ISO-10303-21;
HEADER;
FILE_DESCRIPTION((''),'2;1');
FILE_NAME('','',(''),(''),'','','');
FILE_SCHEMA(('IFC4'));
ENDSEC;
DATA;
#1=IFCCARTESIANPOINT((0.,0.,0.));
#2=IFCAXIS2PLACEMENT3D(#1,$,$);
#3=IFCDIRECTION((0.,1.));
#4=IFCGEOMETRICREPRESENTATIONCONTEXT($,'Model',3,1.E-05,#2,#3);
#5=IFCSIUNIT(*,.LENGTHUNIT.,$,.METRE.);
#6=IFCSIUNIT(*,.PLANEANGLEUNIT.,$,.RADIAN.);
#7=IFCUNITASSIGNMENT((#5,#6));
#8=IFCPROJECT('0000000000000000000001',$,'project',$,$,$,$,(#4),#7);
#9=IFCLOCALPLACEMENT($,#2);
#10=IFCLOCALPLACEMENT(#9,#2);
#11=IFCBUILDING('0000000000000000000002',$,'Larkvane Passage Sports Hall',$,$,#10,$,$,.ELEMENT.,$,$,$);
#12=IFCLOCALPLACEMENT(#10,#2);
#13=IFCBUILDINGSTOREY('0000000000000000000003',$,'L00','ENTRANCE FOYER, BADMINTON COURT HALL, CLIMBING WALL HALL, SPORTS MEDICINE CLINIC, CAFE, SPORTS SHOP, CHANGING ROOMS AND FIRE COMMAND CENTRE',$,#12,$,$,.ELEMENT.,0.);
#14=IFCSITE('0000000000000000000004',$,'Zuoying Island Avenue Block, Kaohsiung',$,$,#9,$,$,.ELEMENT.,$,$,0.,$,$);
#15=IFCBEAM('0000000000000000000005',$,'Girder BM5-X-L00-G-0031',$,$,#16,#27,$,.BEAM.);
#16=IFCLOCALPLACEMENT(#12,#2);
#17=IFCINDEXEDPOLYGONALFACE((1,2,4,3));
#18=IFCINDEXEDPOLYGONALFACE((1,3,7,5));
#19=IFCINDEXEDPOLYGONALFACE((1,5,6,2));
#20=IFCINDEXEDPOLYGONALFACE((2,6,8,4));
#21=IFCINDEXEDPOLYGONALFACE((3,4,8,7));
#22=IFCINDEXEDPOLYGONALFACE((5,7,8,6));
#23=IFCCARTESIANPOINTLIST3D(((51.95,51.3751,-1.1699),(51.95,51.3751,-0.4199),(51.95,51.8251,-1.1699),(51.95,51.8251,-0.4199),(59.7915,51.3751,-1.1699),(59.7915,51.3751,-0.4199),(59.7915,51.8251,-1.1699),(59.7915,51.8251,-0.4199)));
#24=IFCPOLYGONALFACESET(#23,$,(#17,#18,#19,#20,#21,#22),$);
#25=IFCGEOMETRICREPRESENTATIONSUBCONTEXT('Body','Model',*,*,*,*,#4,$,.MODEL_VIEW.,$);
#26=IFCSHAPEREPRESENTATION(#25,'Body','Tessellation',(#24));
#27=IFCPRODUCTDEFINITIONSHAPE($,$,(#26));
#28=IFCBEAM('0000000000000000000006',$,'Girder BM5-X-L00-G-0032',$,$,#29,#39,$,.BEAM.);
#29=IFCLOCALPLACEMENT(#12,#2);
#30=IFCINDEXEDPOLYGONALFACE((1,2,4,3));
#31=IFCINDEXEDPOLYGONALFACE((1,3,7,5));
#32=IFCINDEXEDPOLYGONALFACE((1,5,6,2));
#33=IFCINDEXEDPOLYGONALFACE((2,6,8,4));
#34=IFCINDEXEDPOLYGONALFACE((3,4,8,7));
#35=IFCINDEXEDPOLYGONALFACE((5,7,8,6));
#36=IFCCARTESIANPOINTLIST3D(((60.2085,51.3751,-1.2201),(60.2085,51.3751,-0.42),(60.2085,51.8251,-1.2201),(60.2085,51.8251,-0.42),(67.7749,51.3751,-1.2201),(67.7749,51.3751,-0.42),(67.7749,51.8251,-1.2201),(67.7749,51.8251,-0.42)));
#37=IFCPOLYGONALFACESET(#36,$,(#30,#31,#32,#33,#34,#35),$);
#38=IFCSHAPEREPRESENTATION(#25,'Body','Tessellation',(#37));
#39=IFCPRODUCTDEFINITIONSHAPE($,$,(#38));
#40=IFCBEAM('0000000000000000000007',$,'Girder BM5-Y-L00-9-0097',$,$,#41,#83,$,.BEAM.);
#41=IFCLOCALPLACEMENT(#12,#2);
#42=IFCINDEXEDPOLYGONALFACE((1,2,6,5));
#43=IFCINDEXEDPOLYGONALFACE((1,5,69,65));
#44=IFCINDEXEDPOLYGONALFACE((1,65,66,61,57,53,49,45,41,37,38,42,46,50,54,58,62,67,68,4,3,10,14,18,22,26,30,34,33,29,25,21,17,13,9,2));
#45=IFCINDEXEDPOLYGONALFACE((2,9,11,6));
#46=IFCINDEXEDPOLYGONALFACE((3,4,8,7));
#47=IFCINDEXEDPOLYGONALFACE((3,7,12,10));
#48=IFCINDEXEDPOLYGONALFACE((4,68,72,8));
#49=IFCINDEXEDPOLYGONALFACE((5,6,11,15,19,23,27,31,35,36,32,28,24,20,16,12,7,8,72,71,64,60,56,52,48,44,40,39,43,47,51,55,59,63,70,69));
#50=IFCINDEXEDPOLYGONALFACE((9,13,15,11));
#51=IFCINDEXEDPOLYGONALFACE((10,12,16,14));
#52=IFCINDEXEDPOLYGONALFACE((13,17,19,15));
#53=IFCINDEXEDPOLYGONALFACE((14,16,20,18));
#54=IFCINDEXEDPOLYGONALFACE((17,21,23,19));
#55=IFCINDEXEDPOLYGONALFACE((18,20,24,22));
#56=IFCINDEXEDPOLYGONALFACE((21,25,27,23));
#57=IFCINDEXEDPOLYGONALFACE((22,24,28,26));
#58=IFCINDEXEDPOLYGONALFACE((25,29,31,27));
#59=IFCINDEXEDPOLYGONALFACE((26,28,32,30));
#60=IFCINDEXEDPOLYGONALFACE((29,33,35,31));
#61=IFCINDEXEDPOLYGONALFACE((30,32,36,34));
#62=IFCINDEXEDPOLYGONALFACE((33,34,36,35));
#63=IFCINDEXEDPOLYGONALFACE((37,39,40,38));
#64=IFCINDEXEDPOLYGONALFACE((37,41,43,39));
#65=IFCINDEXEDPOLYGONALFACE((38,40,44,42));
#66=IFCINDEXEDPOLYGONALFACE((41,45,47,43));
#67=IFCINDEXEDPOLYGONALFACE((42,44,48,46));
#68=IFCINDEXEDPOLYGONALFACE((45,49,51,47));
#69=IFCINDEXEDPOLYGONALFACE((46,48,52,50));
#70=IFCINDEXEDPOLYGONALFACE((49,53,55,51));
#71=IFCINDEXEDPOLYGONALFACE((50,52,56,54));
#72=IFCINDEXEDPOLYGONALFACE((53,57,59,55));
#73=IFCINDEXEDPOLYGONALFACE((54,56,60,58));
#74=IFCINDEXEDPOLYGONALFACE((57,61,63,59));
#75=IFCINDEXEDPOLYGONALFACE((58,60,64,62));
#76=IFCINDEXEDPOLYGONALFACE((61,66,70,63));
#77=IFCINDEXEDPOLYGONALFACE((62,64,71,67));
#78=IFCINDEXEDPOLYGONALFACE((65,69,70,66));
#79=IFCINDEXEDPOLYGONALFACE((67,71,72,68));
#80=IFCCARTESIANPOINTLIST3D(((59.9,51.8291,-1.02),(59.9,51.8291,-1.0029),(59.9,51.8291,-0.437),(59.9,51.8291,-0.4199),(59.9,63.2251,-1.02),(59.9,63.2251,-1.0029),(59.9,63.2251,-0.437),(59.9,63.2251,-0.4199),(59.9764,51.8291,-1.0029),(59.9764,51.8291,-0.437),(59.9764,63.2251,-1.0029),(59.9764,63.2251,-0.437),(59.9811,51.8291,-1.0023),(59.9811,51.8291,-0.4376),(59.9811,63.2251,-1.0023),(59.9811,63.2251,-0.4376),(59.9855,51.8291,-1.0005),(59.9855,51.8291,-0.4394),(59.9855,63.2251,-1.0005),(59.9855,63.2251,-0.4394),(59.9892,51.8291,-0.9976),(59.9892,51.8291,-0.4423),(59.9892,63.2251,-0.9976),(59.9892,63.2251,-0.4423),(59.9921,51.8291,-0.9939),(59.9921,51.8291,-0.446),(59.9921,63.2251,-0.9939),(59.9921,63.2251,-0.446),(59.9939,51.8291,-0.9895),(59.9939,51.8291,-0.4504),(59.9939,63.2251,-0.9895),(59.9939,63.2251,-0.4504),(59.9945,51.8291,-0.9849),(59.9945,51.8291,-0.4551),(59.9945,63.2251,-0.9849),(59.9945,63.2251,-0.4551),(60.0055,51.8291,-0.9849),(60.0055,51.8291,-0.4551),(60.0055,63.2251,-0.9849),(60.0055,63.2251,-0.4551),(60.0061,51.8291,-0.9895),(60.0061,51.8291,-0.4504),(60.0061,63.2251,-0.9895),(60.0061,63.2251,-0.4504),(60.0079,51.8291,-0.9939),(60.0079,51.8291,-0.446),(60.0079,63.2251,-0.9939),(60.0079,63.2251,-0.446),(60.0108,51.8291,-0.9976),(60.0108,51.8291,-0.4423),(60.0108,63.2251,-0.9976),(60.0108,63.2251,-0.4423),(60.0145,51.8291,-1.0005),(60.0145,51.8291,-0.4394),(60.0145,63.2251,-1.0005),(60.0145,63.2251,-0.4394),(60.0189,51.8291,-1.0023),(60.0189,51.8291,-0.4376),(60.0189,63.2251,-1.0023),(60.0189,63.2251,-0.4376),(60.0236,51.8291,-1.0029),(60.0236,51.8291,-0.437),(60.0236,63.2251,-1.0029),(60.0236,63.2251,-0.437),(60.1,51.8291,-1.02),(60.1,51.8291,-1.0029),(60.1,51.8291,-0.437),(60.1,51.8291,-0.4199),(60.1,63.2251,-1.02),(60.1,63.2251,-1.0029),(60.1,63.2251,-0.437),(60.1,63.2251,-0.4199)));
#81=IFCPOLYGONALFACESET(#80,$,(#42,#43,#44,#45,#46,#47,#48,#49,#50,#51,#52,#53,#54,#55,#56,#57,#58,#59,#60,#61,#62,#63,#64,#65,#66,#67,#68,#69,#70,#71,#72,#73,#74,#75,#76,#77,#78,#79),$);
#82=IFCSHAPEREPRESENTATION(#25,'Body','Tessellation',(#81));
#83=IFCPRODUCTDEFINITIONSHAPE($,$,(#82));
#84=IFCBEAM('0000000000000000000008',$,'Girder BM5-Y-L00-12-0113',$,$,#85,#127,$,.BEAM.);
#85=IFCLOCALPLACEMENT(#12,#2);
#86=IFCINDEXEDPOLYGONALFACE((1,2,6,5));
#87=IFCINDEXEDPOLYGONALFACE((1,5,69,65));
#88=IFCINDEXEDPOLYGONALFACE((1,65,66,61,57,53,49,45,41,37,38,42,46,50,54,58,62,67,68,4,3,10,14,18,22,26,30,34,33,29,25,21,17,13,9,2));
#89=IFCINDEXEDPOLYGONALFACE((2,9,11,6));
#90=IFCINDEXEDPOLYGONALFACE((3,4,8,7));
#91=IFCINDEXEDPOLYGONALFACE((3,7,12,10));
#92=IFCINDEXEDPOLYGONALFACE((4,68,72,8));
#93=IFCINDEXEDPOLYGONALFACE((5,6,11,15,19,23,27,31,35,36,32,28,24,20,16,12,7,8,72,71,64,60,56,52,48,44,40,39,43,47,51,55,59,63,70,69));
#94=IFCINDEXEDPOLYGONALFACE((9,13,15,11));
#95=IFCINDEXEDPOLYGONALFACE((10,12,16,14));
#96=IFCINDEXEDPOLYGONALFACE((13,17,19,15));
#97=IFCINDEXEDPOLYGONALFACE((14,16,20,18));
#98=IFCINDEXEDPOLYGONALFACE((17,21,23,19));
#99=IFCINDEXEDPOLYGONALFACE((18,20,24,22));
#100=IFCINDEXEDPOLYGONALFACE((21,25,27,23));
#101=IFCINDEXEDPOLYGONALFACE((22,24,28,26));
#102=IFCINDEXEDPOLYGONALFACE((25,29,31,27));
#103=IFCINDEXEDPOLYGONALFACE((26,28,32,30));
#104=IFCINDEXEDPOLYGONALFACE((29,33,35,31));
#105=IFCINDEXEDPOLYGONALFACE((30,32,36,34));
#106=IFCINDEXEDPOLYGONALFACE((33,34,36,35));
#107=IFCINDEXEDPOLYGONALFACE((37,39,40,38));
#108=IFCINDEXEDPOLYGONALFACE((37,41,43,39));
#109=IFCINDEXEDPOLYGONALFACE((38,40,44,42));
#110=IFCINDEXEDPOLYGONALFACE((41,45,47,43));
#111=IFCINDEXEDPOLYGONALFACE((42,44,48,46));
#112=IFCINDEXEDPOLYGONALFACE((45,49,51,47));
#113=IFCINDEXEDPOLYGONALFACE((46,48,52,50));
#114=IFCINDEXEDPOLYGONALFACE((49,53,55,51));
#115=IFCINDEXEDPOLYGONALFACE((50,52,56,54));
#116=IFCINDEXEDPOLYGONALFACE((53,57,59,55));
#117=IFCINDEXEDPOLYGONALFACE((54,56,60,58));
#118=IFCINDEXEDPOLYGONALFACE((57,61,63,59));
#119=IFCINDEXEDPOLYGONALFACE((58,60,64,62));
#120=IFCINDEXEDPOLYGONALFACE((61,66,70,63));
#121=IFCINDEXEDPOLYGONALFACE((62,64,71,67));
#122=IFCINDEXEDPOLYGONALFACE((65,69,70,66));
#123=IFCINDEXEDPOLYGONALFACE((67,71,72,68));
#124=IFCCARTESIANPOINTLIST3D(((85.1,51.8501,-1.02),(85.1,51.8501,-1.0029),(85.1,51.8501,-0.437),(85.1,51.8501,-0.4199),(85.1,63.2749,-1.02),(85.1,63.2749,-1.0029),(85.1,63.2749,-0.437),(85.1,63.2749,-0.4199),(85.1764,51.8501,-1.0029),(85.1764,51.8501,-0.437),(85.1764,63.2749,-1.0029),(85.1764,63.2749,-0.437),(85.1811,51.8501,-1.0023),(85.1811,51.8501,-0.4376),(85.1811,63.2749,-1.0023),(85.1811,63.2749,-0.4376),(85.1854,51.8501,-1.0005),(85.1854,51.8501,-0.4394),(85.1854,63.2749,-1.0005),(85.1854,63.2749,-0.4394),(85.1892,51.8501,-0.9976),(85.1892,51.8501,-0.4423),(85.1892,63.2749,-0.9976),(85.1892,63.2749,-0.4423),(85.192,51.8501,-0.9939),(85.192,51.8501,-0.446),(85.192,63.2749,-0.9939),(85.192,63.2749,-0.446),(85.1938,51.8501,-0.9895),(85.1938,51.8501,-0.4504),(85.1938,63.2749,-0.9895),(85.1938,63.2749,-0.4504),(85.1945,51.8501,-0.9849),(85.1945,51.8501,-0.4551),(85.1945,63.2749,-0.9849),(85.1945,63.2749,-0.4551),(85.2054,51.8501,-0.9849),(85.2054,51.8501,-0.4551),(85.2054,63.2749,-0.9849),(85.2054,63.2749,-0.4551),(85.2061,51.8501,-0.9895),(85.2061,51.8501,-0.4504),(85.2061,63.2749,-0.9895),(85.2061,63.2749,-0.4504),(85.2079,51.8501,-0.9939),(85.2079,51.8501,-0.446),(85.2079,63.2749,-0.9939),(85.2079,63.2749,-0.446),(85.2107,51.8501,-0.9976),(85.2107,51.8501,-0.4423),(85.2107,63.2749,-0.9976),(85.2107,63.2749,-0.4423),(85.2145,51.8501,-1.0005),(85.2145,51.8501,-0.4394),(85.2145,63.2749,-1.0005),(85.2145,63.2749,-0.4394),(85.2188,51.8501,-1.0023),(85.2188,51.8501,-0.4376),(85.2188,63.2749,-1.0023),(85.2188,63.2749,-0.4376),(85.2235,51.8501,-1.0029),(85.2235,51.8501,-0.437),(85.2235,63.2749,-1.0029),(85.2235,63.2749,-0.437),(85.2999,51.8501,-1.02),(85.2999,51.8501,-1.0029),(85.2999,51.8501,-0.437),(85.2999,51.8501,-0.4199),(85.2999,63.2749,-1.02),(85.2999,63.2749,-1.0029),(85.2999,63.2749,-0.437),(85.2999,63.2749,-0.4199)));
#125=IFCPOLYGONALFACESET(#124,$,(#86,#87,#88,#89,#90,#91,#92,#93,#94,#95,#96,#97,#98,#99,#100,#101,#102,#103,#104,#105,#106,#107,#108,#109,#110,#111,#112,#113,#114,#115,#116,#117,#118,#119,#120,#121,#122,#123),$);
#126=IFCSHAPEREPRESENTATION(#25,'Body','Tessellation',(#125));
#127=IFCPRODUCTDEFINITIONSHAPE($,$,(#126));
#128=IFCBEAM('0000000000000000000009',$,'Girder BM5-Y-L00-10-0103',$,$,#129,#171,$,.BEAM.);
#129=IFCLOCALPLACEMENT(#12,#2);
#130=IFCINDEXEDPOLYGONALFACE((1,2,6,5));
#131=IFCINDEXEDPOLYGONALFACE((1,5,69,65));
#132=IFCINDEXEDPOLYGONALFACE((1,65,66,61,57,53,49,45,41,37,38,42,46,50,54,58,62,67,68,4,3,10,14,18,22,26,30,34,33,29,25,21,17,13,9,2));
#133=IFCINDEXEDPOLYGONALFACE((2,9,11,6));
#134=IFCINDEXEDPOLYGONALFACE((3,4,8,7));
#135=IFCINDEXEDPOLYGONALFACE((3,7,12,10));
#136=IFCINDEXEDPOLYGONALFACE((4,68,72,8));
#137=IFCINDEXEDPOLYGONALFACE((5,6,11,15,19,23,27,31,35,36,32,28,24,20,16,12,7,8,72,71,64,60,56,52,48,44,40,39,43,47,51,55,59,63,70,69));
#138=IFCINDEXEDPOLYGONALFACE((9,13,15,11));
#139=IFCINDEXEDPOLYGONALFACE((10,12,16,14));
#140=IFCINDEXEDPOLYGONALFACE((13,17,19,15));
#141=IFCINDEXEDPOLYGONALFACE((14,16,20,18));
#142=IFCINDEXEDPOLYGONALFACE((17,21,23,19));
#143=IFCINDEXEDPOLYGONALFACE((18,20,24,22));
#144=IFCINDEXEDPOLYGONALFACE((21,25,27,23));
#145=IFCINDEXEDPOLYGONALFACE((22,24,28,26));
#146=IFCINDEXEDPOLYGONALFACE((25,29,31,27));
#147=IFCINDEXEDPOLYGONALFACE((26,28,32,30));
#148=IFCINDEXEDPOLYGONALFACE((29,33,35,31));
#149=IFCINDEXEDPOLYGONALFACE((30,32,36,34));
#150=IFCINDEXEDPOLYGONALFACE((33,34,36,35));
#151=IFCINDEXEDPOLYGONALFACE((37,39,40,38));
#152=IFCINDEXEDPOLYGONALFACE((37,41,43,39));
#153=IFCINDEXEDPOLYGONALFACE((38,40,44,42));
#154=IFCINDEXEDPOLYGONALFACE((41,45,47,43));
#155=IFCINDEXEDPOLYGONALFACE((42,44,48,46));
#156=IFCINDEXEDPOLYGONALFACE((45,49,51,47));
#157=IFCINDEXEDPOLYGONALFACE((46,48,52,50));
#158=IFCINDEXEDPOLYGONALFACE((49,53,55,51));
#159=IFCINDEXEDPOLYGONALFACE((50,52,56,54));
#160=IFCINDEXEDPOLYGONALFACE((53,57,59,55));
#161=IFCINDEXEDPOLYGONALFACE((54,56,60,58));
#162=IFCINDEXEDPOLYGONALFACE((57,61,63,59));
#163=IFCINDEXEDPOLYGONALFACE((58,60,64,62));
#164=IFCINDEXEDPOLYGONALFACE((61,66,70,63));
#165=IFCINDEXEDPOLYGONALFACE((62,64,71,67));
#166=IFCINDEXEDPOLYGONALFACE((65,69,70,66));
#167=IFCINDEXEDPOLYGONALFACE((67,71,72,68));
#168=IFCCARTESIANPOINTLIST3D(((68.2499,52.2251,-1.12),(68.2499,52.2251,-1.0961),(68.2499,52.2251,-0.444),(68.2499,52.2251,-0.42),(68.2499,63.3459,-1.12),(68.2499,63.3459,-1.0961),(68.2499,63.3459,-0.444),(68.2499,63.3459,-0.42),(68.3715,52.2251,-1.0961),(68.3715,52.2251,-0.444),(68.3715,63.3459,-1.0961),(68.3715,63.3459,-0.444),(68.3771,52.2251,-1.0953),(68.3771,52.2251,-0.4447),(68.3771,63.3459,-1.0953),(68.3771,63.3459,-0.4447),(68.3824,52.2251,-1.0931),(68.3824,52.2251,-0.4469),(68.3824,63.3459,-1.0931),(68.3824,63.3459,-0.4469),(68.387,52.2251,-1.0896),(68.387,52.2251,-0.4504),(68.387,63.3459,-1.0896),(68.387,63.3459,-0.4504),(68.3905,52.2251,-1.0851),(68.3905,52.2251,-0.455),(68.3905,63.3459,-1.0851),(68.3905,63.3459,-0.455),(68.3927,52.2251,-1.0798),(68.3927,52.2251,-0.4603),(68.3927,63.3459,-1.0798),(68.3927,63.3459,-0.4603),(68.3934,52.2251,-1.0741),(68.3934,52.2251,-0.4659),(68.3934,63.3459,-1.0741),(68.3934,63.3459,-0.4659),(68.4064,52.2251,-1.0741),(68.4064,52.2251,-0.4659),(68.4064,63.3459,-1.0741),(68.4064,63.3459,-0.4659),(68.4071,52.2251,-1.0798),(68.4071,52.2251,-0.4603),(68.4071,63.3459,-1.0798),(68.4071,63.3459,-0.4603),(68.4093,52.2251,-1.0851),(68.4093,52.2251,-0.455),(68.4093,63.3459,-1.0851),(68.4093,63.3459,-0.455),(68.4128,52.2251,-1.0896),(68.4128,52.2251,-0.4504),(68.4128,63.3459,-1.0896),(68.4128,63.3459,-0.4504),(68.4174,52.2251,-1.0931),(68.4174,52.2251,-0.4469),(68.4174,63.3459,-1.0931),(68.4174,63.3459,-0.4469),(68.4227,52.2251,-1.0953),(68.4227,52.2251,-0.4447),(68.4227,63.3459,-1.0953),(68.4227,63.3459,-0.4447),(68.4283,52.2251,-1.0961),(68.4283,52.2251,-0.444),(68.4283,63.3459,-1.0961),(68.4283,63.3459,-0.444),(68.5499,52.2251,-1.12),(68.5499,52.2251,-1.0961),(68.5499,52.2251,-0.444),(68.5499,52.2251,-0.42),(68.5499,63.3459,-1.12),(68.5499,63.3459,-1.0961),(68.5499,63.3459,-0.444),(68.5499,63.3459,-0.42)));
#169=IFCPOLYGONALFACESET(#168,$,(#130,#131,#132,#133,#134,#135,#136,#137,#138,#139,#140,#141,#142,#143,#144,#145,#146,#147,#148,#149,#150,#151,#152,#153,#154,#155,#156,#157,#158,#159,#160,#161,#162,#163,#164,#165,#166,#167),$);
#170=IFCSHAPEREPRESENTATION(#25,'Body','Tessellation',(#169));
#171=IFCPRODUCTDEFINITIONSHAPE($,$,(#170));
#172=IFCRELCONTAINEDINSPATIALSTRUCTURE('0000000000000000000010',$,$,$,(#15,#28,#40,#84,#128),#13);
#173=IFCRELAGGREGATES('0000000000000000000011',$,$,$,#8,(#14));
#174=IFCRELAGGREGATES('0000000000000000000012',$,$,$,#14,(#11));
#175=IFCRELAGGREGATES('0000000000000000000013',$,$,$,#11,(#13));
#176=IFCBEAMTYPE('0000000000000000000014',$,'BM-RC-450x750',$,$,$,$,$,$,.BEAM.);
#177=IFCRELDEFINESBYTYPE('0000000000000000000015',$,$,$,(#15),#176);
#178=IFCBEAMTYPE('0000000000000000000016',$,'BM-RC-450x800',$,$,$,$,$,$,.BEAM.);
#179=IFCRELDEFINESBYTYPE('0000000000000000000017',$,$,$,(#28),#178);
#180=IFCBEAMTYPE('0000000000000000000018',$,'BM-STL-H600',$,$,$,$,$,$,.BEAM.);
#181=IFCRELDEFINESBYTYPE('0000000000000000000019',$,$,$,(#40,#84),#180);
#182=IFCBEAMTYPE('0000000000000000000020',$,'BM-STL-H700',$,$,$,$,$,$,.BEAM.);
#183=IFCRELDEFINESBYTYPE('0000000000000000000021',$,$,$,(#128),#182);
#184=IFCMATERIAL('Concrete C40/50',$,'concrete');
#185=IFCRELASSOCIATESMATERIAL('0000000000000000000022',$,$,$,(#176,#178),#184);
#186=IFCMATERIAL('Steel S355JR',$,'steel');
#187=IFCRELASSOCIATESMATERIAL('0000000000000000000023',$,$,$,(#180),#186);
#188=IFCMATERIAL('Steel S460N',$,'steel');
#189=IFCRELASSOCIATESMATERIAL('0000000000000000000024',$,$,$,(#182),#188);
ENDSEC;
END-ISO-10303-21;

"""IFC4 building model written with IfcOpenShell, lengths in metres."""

from ifc_helpers import new_model, si_unit, direction, frame, origin, origin_2d, place, context, subcontext, project, spatial, rectangle, i_section, extrude, material, material_profile, profile_set, type_object, element, save


model = new_model("IFC4")

# Units and contexts
model_context = context("Model", 3, precision=1e-05, world=origin(), true_north=direction((0.0, 1.0)))
body_context = subcontext(model_context, "Body", "Model", "MODEL_VIEW")
ifc_project = project(units=[si_unit("LENGTHUNIT", "METRE"), si_unit("PLANEANGLEUNIT", "RADIAN")], contexts=[model_context])

# Site, building, storey
site_placement = place(None, origin())
site = spatial("IfcSite", under=ifc_project, at=site_placement, Name="Zuoying Island Avenue Block, Kaohsiung", CompositionType="ELEMENT", RefElevation=0.0)
building_placement = place(site_placement, origin())
building = spatial("IfcBuilding", under=site, at=building_placement, Name="Larkvane Passage Sports Hall", CompositionType="ELEMENT")
storey_placement = place(building_placement, origin())
storey = spatial("IfcBuildingStorey", under=building, at=storey_placement, Name="L00", Description="ENTRANCE FOYER, BADMINTON COURT HALL, CLIMBING WALL HALL, SPORTS MEDICINE CLINIC, CAFE, SPORTS SHOP, CHANGING ROOMS AND FIRE COMMAND CENTRE", CompositionType="ELEMENT", Elevation=0.0)

# Shared definitions
ifc_material_1 = material(Name="Steel S460N", Category="steel")

# Beams
ifc_material_2 = material(Name="Concrete C40/50", Category="concrete")
ifc_material_profile_1 = material_profile(ifc_material_2, rectangle(XDim=0.45, YDim=0.75, at=origin_2d()), Name="RC-BM-450x750")
ifc_profile_set_1 = profile_set([ifc_material_profile_1], Name="Concrete C40/50")
beam_type_1 = type_object("IfcBeamType", Name="BM-RC-450x750", PredefinedType="BEAM", material=ifc_profile_set_1)
beam_1_placement = place(storey_placement, frame((51.95, 51.6001, -0.7949), z_axis=(1.0, 0.0, 0.0), x_axis=(0.0, 1.0, 0.0)))
element("IfcBeam", 1, at=beam_1_placement, inside=storey, type_object=beam_type_1, Name="Girder BM5-X-L00-G-0031", PredefinedType="BEAM", context=body_context, shape_type="SweptSolid", body=[
    extrude(rectangle(XDim=0.45, YDim=0.75, at=origin_2d()), origin(), (0.0, 0.0, 1.0), 7.8416),
])
ifc_material_profile_2 = material_profile(ifc_material_2, rectangle(XDim=0.45, YDim=0.8, at=origin_2d()), Name="RC-BM-450x800")
ifc_profile_set_2 = profile_set([ifc_material_profile_2], Name="Concrete C40/50")
beam_type_2 = type_object("IfcBeamType", Name="BM-RC-450x800", PredefinedType="BEAM", material=ifc_profile_set_2)
beam_2_placement = place(storey_placement, frame((60.2085, 51.6001, -0.8201), z_axis=(1.0, 0.0, 0.0), x_axis=(0.0, 1.0, 0.0)))
element("IfcBeam", 2, at=beam_2_placement, inside=storey, type_object=beam_type_2, Name="Girder BM5-X-L00-G-0032", PredefinedType="BEAM", context=body_context, shape_type="SweptSolid", body=[
    extrude(rectangle(XDim=0.45, YDim=0.8, at=origin_2d()), origin(), (0.0, 0.0, 1.0), 7.5664),
])
ifc_material_3 = material(Name="Steel S355JR", Category="steel")
ifc_material_profile_3 = material_profile(ifc_material_3, i_section(OverallWidth=0.2, OverallDepth=0.6001, WebThickness=0.011, FlangeThickness=0.0171, FilletRadius=0.0181, at=origin_2d()), Name="H-600x200x11x17")
ifc_profile_set_3 = profile_set([ifc_material_profile_3], Name="Steel S355JR")
beam_type_3 = type_object("IfcBeamType", Name="BM-STL-H600", PredefinedType="BEAM", material=ifc_profile_set_3)
beam_3_placement = place(storey_placement, frame((60.0, 51.8291, -0.72), z_axis=(0.0, 1.0, 0.0), x_axis=(-1.0, 0.0, 0.0)))
element("IfcBeam", 3, at=beam_3_placement, inside=storey, type_object=beam_type_3, Name="Girder BM5-Y-L00-9-0097", PredefinedType="BEAM", context=body_context, shape_type="SweptSolid", body=[
    extrude(i_section(OverallWidth=0.2, OverallDepth=0.6001, WebThickness=0.011, FlangeThickness=0.0171, FilletRadius=0.0181, at=origin_2d()), origin(), (0.0, 0.0, 1.0), 11.396),
])
beam_4_placement = place(storey_placement, frame((85.2, 51.8501, -0.72), z_axis=(0.0, 1.0, 0.0), x_axis=(-1.0, 0.0, 0.0)))
element("IfcBeam", 4, at=beam_4_placement, inside=storey, type_object=beam_type_3, Name="Girder BM5-Y-L00-12-0113", PredefinedType="BEAM", context=body_context, shape_type="SweptSolid", body=[
    extrude(i_section(OverallWidth=0.2, OverallDepth=0.6001, WebThickness=0.011, FlangeThickness=0.0171, FilletRadius=0.0181, at=origin_2d()), origin(), (0.0, 0.0, 1.0), 11.4248),
])
ifc_material_profile_4 = material_profile(ifc_material_1, i_section(OverallWidth=0.3, OverallDepth=0.7, WebThickness=0.0129, FlangeThickness=0.0239, FilletRadius=0.022, at=origin_2d()), Name="H-700x300x13x24")
ifc_profile_set_4 = profile_set([ifc_material_profile_4], Name="Steel S460N")
beam_type_4 = type_object("IfcBeamType", Name="BM-STL-H700", PredefinedType="BEAM", material=ifc_profile_set_4)
beam_5_placement = place(storey_placement, frame((68.3999, 52.2251, -0.77), z_axis=(0.0, 1.0, 0.0), x_axis=(-1.0, 0.0, 0.0)))
element("IfcBeam", 5, at=beam_5_placement, inside=storey, type_object=beam_type_4, Name="Girder BM5-Y-L00-10-0103", PredefinedType="BEAM", context=body_context, shape_type="SweptSolid", body=[
    extrude(i_section(OverallWidth=0.3, OverallDepth=0.7, WebThickness=0.0129, FlangeThickness=0.0239, FilletRadius=0.022, at=origin_2d()), origin(), (0.0, 0.0, 1.0), 11.1208),
])

save(model, "model.ifc")
